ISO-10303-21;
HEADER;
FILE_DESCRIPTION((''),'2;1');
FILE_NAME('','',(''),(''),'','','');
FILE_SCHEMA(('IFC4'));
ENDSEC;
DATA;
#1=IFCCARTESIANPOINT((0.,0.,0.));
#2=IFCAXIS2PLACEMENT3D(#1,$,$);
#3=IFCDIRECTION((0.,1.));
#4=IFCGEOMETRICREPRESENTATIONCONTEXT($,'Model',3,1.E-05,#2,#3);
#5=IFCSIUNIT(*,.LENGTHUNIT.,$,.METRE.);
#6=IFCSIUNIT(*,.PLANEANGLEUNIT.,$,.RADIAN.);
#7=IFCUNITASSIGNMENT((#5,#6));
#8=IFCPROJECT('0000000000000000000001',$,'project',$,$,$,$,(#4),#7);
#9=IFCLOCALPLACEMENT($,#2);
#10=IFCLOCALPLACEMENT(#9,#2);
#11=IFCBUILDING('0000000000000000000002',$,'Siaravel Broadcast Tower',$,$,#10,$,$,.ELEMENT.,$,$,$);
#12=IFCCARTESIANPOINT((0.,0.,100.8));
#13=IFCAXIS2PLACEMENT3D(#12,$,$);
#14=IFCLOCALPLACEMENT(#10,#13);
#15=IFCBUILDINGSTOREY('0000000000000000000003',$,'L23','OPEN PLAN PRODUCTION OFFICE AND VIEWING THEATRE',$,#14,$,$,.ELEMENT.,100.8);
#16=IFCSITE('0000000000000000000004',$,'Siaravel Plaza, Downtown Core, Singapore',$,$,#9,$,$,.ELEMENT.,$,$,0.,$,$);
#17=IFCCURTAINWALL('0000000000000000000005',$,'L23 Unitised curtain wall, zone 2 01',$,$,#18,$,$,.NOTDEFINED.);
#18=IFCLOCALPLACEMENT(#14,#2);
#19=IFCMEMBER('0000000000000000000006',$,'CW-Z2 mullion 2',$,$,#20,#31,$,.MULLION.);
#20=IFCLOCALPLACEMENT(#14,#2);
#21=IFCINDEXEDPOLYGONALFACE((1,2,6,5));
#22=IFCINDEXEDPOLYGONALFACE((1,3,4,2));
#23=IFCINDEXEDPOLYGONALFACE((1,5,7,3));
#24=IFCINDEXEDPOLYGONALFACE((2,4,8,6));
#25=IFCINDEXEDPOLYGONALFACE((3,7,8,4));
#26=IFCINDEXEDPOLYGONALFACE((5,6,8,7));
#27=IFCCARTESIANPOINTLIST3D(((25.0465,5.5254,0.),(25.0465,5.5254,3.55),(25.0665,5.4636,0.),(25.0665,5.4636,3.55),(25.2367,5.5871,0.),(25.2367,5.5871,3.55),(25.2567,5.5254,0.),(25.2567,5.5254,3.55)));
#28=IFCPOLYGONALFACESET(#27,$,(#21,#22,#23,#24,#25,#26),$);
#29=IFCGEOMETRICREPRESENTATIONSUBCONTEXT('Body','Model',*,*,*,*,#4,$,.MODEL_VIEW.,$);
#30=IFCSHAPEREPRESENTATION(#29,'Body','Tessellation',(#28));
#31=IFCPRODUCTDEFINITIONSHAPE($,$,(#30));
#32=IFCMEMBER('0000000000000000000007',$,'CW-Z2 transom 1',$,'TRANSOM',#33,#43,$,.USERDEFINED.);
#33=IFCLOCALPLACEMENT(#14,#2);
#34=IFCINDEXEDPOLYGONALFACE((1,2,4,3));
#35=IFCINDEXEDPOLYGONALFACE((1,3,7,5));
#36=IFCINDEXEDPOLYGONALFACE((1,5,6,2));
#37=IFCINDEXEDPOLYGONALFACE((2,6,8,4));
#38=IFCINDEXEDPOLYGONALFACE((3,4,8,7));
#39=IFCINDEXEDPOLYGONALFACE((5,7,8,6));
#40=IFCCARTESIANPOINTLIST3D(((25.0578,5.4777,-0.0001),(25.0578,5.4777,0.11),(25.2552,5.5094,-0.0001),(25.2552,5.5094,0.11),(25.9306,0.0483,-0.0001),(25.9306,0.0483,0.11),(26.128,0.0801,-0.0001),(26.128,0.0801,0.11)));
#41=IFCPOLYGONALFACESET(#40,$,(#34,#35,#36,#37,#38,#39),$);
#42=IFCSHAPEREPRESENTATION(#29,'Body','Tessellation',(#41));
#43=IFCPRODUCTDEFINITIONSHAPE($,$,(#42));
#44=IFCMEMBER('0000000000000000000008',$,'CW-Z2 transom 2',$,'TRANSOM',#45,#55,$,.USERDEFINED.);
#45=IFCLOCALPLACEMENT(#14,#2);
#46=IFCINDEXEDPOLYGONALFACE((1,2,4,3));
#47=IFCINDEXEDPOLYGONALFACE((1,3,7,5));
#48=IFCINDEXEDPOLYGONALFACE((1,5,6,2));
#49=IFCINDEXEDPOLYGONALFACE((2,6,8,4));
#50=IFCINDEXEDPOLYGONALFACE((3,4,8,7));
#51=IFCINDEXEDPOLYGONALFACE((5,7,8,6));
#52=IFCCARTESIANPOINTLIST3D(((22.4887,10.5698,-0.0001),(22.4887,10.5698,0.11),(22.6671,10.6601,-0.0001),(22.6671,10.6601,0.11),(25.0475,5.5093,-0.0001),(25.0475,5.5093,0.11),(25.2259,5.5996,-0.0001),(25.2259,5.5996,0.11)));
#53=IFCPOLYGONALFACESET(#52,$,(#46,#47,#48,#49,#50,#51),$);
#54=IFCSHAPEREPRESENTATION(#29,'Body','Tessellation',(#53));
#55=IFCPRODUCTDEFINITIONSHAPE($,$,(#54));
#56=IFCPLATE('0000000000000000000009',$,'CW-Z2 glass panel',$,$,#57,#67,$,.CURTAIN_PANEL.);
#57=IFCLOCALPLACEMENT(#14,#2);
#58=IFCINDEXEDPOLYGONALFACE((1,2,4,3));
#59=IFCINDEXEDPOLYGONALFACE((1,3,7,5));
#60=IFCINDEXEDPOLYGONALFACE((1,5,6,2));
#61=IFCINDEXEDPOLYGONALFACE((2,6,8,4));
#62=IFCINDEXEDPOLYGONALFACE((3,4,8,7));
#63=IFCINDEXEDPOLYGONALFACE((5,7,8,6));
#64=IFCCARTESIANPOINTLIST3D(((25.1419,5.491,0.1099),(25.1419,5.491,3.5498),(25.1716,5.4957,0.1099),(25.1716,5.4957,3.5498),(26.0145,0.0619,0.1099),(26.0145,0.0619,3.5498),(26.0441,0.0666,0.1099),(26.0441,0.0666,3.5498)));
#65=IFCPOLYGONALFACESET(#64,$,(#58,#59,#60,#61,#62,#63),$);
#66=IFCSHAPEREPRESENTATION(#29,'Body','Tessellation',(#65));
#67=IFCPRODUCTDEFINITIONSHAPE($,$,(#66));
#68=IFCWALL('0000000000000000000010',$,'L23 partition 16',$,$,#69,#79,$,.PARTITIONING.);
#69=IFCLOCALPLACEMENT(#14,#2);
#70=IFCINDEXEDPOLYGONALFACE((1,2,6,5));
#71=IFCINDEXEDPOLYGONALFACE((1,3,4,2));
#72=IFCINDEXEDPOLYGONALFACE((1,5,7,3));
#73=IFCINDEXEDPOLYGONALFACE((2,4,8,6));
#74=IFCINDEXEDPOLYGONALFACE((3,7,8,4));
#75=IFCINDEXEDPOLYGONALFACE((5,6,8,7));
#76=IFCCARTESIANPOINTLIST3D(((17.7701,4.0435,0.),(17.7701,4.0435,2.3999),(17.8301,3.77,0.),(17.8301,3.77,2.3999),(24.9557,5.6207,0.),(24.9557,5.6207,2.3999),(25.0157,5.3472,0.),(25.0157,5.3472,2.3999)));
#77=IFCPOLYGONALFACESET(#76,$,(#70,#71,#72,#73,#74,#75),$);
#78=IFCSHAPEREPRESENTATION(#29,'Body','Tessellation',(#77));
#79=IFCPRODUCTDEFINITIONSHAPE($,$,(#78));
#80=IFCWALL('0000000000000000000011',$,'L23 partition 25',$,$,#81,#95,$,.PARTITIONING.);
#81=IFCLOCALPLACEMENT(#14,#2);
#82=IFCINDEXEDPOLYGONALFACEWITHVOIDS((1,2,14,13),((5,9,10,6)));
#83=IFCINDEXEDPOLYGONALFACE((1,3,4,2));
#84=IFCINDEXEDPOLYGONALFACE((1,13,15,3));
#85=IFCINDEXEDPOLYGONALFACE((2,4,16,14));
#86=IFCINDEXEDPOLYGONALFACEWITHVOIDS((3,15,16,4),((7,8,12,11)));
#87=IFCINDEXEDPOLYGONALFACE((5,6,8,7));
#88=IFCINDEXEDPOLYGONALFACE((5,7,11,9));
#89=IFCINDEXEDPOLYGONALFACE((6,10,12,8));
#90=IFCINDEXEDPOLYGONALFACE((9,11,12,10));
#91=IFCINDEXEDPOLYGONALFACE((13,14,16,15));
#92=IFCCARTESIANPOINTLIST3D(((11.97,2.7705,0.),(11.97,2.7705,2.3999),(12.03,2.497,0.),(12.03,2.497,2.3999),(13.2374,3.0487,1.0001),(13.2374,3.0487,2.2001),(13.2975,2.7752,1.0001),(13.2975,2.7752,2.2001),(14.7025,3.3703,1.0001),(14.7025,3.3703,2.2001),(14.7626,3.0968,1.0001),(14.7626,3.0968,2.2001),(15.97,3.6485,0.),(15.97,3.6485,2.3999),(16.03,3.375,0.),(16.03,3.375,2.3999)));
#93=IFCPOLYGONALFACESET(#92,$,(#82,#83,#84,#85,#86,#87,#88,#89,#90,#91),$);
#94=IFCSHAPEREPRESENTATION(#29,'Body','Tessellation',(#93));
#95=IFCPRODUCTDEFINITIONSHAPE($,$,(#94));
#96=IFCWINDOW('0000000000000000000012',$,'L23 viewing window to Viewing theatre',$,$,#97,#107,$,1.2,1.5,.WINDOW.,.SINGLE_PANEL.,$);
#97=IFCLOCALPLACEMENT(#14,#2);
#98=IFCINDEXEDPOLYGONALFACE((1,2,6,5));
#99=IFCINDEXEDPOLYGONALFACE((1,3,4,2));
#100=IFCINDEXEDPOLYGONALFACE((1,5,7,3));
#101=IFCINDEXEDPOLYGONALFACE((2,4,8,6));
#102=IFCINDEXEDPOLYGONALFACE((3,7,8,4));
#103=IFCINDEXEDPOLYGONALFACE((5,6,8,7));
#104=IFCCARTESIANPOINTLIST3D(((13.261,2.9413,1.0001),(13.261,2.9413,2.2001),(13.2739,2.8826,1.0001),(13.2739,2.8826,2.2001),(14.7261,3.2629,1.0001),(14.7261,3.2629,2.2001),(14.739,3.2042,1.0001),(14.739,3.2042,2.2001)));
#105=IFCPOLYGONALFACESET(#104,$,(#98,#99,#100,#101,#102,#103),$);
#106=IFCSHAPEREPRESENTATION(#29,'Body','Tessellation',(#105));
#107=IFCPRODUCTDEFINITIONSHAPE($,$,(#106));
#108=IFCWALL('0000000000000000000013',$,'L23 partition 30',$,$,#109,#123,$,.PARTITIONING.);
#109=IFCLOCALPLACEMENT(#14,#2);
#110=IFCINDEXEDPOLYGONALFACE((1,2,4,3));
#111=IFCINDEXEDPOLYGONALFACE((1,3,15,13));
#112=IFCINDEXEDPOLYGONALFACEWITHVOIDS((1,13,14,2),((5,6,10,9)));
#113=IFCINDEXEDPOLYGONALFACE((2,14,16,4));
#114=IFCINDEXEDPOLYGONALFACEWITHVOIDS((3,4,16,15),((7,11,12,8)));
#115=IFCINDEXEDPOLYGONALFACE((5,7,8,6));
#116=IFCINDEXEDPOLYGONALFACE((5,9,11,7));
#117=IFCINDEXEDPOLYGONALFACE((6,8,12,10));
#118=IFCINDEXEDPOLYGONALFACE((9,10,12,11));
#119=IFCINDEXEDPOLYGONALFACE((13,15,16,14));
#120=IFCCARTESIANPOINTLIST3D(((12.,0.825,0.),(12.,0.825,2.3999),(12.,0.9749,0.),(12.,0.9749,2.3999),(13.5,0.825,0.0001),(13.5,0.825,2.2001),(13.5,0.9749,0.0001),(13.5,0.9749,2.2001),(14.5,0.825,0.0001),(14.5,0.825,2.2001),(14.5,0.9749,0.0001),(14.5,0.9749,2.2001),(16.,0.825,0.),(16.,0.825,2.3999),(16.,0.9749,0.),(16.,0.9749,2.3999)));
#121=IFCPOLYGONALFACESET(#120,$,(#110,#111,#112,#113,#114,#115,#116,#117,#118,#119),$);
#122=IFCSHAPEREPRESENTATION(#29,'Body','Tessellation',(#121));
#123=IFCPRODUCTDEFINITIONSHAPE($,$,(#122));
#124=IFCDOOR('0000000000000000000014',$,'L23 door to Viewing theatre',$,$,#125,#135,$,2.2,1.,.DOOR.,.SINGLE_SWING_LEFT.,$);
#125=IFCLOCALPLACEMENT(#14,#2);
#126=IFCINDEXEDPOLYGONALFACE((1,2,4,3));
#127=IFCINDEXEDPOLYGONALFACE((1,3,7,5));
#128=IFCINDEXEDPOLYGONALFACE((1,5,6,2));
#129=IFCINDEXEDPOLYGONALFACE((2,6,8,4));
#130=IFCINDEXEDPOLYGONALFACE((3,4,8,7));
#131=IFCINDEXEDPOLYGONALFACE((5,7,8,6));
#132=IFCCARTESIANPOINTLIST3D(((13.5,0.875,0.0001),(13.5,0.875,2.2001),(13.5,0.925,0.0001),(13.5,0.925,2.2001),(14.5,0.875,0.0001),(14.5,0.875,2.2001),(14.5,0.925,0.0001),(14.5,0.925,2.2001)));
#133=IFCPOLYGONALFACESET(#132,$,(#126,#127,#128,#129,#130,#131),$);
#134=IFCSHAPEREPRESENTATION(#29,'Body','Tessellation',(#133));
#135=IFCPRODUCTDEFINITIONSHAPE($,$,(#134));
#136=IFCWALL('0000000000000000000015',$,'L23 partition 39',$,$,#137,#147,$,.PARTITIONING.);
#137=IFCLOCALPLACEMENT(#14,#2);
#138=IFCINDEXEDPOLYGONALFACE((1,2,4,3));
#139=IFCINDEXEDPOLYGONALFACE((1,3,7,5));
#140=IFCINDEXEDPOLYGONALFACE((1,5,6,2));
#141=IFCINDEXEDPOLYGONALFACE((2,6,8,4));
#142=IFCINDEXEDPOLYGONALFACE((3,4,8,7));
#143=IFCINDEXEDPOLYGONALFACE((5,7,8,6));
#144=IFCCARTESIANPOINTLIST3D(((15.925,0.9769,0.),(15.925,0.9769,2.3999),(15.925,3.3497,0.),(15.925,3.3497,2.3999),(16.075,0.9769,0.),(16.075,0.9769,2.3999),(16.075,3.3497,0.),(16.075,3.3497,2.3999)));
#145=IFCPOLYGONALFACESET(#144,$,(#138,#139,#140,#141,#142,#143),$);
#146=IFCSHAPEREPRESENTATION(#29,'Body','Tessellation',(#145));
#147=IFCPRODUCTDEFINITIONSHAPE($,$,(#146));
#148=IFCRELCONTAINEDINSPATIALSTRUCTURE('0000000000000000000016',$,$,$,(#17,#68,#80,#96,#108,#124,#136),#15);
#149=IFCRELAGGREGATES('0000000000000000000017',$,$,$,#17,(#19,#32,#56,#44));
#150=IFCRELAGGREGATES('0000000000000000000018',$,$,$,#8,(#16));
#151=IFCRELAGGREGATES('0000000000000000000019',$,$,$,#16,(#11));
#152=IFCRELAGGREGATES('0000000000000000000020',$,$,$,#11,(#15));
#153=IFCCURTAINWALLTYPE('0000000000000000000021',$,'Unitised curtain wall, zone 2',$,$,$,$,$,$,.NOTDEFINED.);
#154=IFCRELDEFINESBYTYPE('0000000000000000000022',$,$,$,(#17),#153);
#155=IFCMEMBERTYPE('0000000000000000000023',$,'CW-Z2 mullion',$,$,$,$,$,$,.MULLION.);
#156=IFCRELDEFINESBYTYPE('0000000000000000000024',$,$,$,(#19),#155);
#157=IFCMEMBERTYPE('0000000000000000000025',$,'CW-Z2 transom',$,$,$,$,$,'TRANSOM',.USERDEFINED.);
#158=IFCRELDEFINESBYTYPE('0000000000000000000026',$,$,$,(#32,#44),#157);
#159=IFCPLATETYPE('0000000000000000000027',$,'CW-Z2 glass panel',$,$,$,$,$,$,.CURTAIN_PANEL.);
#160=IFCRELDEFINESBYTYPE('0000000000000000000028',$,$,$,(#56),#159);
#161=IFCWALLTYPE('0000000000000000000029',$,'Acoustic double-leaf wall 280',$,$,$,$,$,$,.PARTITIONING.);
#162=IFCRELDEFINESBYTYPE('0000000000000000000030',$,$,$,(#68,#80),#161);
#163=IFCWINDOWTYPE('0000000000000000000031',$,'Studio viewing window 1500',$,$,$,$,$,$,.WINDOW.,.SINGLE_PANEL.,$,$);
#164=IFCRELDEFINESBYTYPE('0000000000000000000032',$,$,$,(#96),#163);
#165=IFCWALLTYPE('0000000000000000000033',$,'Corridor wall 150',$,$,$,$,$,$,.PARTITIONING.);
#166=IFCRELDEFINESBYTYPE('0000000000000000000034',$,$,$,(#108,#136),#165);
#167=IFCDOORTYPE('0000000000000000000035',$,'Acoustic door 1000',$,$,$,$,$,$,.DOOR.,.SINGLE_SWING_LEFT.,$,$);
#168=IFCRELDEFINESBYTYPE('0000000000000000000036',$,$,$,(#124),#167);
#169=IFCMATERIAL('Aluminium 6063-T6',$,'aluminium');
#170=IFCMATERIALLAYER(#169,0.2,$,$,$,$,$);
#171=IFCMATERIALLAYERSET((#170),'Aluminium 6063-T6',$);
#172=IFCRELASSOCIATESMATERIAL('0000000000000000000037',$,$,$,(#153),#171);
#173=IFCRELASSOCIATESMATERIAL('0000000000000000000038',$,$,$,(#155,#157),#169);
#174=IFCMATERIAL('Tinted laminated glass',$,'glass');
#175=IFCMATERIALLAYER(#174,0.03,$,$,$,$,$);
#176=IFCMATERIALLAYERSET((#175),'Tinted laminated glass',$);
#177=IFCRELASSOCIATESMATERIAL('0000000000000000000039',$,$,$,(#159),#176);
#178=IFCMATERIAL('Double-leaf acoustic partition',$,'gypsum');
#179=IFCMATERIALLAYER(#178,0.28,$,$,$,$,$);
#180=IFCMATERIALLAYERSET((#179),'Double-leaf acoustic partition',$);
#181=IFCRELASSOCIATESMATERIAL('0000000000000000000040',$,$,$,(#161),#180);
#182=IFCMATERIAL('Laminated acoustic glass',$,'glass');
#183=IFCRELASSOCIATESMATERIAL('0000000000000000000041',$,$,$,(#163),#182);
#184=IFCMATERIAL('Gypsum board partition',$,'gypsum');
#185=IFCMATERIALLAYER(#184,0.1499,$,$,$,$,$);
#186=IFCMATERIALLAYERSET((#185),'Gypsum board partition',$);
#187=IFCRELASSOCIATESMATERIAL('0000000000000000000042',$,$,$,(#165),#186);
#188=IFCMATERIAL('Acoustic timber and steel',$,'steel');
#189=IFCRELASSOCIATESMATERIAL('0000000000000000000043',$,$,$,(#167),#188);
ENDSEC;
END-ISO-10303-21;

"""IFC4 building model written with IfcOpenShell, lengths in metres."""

from ifc_helpers import new_model, si_unit, direction, frame, frame_2d, origin, origin_2d, place, context, subcontext, project, spatial, rectangle, extrude, material, layer, layer_set, material_profile, profile_set, type_object, element, fill, aggregate, save


model = new_model("IFC4")

# Units and contexts
model_context = context("Model", 3, precision=1e-05, world=origin(), true_north=direction((0.0, 1.0)))
body_context = subcontext(model_context, "Body", "Model", "MODEL_VIEW")
ifc_project = project(units=[si_unit("LENGTHUNIT", "METRE"), si_unit("PLANEANGLEUNIT", "RADIAN")], contexts=[model_context])

# Site, building, storey
site_placement = place(None, origin())
site = spatial("IfcSite", under=ifc_project, at=site_placement, Name="Siaravel Plaza, Downtown Core, Singapore", CompositionType="ELEMENT", RefElevation=0.0)
building_placement = place(site_placement, origin())
building = spatial("IfcBuilding", under=site, at=building_placement, Name="Siaravel Broadcast Tower", CompositionType="ELEMENT")
storey_placement = place(building_placement, frame((0.0, 0.0, 100.8)))
storey = spatial("IfcBuildingStorey", under=building, at=storey_placement, Name="L23", Description="OPEN PLAN PRODUCTION OFFICE AND VIEWING THEATRE", CompositionType="ELEMENT", Elevation=100.8)

# Curtain wall, members, plate
ifc_material_1 = material(Name="Aluminium 6063-T6", Category="aluminium")
ifc_layer_1 = layer(ifc_material_1, 0.2)
ifc_layer_set_1 = layer_set([ifc_layer_1], Name="Aluminium 6063-T6")
curtain_wall_type = type_object("IfcCurtainWallType", Name="Unitised curtain wall, zone 2", PredefinedType="NOTDEFINED", material=ifc_layer_set_1)
curtain_wall_placement = place(storey_placement, origin())
curtain_wall = element("IfcCurtainWall", 1, at=curtain_wall_placement, inside=storey, type_object=curtain_wall_type, Name="L23 Unitised curtain wall, zone 2 01", PredefinedType="NOTDEFINED")
ifc_material_profile_1 = material_profile(ifc_material_1, rectangle(XDim=0.2, YDim=0.0649, at=origin_2d()))
ifc_profile_set_1 = profile_set([ifc_material_profile_1], Name="Aluminium 6063-T6")
member_type_1 = type_object("IfcMemberType", Name="CW-Z2 mullion", PredefinedType="MULLION", material=ifc_profile_set_1)
member_1_placement = place(storey_placement, frame((25.1516, 5.5254, 0.0), z_axis=(0.0, 0.0, 1.0), x_axis=(-0.951177, -0.308646, 0.0)))
member_1 = element("IfcMember", 2, at=member_1_placement, type_object=member_type_1, Name="CW-Z2 mullion 2", PredefinedType="MULLION", context=body_context, shape_type="SweptSolid", body=[
    extrude(rectangle(XDim=0.2, YDim=0.0649, at=origin_2d()), origin(), (0.0, 0.0, 1.0), 3.55),
])
ifc_material_profile_2 = material_profile(ifc_material_1, rectangle(XDim=0.2, YDim=0.1101, at=origin_2d()))
ifc_profile_set_2 = profile_set([ifc_material_profile_2], Name="Aluminium 6063-T6")
member_type_2 = type_object("IfcMemberType", Name="CW-Z2 transom", ElementType="TRANSOM", PredefinedType="USERDEFINED", material=ifc_profile_set_2)
member_2_placement = place(storey_placement, frame((26.0293, 0.0642, 0.0549), z_axis=(-0.158723, 0.987323, 0.0), x_axis=(-0.987323, -0.158723, 0.0)))
member_2 = element("IfcMember", 3, at=member_2_placement, type_object=member_type_2, Name="CW-Z2 transom 1", ObjectType="TRANSOM", PredefinedType="USERDEFINED", context=body_context, shape_type="SweptSolid", body=[
    extrude(rectangle(XDim=0.2, YDim=0.1101, at=origin_2d()), origin(), (0.0, 0.0, 1.0), 5.499),
])
member_3_placement = place(storey_placement, frame((25.1367, 5.5544, 0.0549), z_axis=(-0.451239, 0.892403, 0.0), x_axis=(-0.892403, -0.451239, 0.0)))
member_3 = element("IfcMember", 4, at=member_3_placement, type_object=member_type_2, Name="CW-Z2 transom 2", ObjectType="TRANSOM", PredefinedType="USERDEFINED", context=body_context, shape_type="SweptSolid", body=[
    extrude(rectangle(XDim=0.2, YDim=0.1101, at=origin_2d()), origin(), (0.0, 0.0, 1.0), 5.6707),
])
ifc_material_2 = material(Name="Tinted laminated glass", Category="glass")
ifc_layer_2 = layer(ifc_material_2, 0.03)
ifc_layer_set_2 = layer_set([ifc_layer_2], Name="Tinted laminated glass")
plate_type = type_object("IfcPlateType", Name="CW-Z2 glass panel", PredefinedType="CURTAIN_PANEL", material=ifc_layer_set_2)
plate_placement = place(storey_placement, frame((25.593, 2.7788, 0.1099), z_axis=(0.0, 0.0, 1.0), x_axis=(-0.158686, 0.987329, 0.0)))
plate = element("IfcPlate", 5, at=plate_placement, type_object=plate_type, Name="CW-Z2 glass panel", PredefinedType="CURTAIN_PANEL", context=body_context, shape_type="SweptSolid", body=[
    extrude(rectangle(XDim=5.4988, YDim=0.03, at=origin_2d()), origin(), (0.0, 0.0, 1.0), 3.4399),
])
aggregate(curtain_wall, [member_1, member_2, plate, member_3])

# Wall
ifc_material_3 = material(Name="Double-leaf acoustic partition", Category="gypsum")
ifc_layer_3 = layer(ifc_material_3, 0.28)
ifc_layer_set_3 = layer_set([ifc_layer_3], Name="Double-leaf acoustic partition")
wall_type_1 = type_object("IfcWallType", Name="Acoustic double-leaf wall 280", PredefinedType="PARTITIONING", material=ifc_layer_set_3)
wall_1_placement = place(storey_placement, frame((24.9856, 5.4839, 0.0), z_axis=(0.0, 0.0, 1.0), x_axis=(-0.976749, -0.214386, 0.0)))
element("IfcWall", 6, at=wall_1_placement, inside=storey, type_object=wall_type_1, Name="L23 partition 16", PredefinedType="PARTITIONING", context=body_context, shape_type="SweptSolid", body=[
    extrude(rectangle(XDim=7.3567, YDim=0.28, at=frame_2d((3.6782, 0.0))), origin(), (0.0, 0.0, 1.0), 2.3999),
])

# Wall, opening, window
wall_2_placement = place(storey_placement, frame((16.0, 3.5117, 0.0), z_axis=(0.0, 0.0, 1.0), x_axis=(-0.97675, -0.21438, 0.0)))
wall_2 = element("IfcWall", 7, at=wall_2_placement, inside=storey, type_object=wall_type_1, Name="L23 partition 25", PredefinedType="PARTITIONING", context=body_context, shape_type="SweptSolid", body=[
    extrude(rectangle(XDim=4.0952, YDim=0.28, at=frame_2d((2.0476, 0.0))), origin(), (0.0, 0.0, 1.0), 2.3999),
])
opening_1_placement = place(wall_2_placement, frame((1.2976, 0.0, 1.0)))
opening_1 = element("IfcOpeningElement", 8, at=opening_1_placement, cuts=wall_2, PredefinedType="OPENING", context=body_context, shape_type="SweptSolid", body=[
    extrude(rectangle(XDim=1.5, YDim=1.2, at=frame_2d((0.75, 0.6001))), frame((0.0, 0.1499, 0.0), z_axis=(0.0, -1.0, 0.0), x_axis=(1.0, 0.0, 0.0)), (0.0, 0.0, 1.0), 0.3),
])
ifc_material_4 = material(Name="Laminated acoustic glass", Category="glass")
window_type = type_object("IfcWindowType", Name="Studio viewing window 1500", PartitioningType="SINGLE_PANEL", PredefinedType="WINDOW", material=ifc_material_4)
window_placement = place(opening_1_placement, origin())
window = element("IfcWindow", 9, at=window_placement, inside=storey, type_object=window_type, Name="L23 viewing window to Viewing theatre", OverallHeight=1.2, OverallWidth=1.5, PartitioningType="SINGLE_PANEL", PredefinedType="WINDOW", context=body_context, shape_type="SweptSolid", body=[
    extrude(rectangle(XDim=1.5, YDim=1.2, at=frame_2d((0.75, 0.6001))), frame((0.0, 0.03, 0.0), z_axis=(0.0, -1.0, 0.0), x_axis=(1.0, 0.0, 0.0)), (0.0, 0.0, 1.0), 0.0601),
])
fill(opening_1, window)

# Wall, opening, door
ifc_material_5 = material(Name="Gypsum board partition", Category="gypsum")
ifc_layer_4 = layer(ifc_material_5, 0.1499)
ifc_layer_set_4 = layer_set([ifc_layer_4], Name="Gypsum board partition")
wall_type_2 = type_object("IfcWallType", Name="Corridor wall 150", PredefinedType="PARTITIONING", material=ifc_layer_set_4)
wall_3_placement = place(storey_placement, frame((16.0, 0.8999, 0.0), z_axis=(0.0, 0.0, 1.0), x_axis=(-1.0, 0.0, 0.0)))
wall_3 = element("IfcWall", 10, at=wall_3_placement, inside=storey, type_object=wall_type_2, Name="L23 partition 30", PredefinedType="PARTITIONING", context=body_context, shape_type="SweptSolid", body=[
    extrude(rectangle(XDim=4.0, YDim=0.1499, at=frame_2d((2.0, 0.0))), origin(), (0.0, 0.0, 1.0), 2.3999),
])
opening_2_placement = place(wall_3_placement, frame((1.5, 0.0, 0.0)))
opening_2 = element("IfcOpeningElement", 11, at=opening_2_placement, cuts=wall_3, PredefinedType="OPENING", context=body_context, shape_type="SweptSolid", body=[
    extrude(rectangle(XDim=1.0, YDim=2.2, at=frame_2d((0.5, 1.1001))), frame((0.0, 0.085, 0.0), z_axis=(0.0, -1.0, 0.0), x_axis=(1.0, 0.0, 0.0)), (0.0, 0.0, 1.0), 0.1699),
])
ifc_material_6 = material(Name="Acoustic timber and steel", Category="steel")
door_type_1 = type_object("IfcDoorType", Name="Acoustic door 1000", OperationType="SINGLE_SWING_LEFT", PredefinedType="DOOR", material=ifc_material_6)
door_1_placement = place(opening_2_placement, origin())
door_1 = element("IfcDoor", 12, at=door_1_placement, inside=storey, type_object=door_type_1, Name="L23 door to Viewing theatre", OperationType="SINGLE_SWING_LEFT", OverallHeight=2.2, OverallWidth=1.0, PredefinedType="DOOR", context=body_context, shape_type="SweptSolid", body=[
    extrude(rectangle(XDim=1.0, YDim=2.2, at=frame_2d((0.5, 1.1001))), frame((0.0, 0.0249, 0.0), z_axis=(0.0, -1.0, 0.0), x_axis=(1.0, 0.0, 0.0)), (0.0, 0.0, 1.0), 0.05),
])
fill(opening_2, door_1)

# Wall
wall_4_placement = place(storey_placement, frame((16.0, 3.3499, 0.0), z_axis=(0.0, 0.0, 1.0), x_axis=(0.0, -1.0, 0.0)))
element("IfcWall", 13, at=wall_4_placement, inside=storey, type_object=wall_type_2, Name="L23 partition 39", PredefinedType="PARTITIONING", context=body_context, shape_type="SweptSolid", body=[
    extrude(rectangle(XDim=2.3728, YDim=0.1499, at=frame_2d((1.1865, 0.0))), origin(), (0.0, 0.0, 1.0), 2.3999),
])

save(model, "model.ifc")
